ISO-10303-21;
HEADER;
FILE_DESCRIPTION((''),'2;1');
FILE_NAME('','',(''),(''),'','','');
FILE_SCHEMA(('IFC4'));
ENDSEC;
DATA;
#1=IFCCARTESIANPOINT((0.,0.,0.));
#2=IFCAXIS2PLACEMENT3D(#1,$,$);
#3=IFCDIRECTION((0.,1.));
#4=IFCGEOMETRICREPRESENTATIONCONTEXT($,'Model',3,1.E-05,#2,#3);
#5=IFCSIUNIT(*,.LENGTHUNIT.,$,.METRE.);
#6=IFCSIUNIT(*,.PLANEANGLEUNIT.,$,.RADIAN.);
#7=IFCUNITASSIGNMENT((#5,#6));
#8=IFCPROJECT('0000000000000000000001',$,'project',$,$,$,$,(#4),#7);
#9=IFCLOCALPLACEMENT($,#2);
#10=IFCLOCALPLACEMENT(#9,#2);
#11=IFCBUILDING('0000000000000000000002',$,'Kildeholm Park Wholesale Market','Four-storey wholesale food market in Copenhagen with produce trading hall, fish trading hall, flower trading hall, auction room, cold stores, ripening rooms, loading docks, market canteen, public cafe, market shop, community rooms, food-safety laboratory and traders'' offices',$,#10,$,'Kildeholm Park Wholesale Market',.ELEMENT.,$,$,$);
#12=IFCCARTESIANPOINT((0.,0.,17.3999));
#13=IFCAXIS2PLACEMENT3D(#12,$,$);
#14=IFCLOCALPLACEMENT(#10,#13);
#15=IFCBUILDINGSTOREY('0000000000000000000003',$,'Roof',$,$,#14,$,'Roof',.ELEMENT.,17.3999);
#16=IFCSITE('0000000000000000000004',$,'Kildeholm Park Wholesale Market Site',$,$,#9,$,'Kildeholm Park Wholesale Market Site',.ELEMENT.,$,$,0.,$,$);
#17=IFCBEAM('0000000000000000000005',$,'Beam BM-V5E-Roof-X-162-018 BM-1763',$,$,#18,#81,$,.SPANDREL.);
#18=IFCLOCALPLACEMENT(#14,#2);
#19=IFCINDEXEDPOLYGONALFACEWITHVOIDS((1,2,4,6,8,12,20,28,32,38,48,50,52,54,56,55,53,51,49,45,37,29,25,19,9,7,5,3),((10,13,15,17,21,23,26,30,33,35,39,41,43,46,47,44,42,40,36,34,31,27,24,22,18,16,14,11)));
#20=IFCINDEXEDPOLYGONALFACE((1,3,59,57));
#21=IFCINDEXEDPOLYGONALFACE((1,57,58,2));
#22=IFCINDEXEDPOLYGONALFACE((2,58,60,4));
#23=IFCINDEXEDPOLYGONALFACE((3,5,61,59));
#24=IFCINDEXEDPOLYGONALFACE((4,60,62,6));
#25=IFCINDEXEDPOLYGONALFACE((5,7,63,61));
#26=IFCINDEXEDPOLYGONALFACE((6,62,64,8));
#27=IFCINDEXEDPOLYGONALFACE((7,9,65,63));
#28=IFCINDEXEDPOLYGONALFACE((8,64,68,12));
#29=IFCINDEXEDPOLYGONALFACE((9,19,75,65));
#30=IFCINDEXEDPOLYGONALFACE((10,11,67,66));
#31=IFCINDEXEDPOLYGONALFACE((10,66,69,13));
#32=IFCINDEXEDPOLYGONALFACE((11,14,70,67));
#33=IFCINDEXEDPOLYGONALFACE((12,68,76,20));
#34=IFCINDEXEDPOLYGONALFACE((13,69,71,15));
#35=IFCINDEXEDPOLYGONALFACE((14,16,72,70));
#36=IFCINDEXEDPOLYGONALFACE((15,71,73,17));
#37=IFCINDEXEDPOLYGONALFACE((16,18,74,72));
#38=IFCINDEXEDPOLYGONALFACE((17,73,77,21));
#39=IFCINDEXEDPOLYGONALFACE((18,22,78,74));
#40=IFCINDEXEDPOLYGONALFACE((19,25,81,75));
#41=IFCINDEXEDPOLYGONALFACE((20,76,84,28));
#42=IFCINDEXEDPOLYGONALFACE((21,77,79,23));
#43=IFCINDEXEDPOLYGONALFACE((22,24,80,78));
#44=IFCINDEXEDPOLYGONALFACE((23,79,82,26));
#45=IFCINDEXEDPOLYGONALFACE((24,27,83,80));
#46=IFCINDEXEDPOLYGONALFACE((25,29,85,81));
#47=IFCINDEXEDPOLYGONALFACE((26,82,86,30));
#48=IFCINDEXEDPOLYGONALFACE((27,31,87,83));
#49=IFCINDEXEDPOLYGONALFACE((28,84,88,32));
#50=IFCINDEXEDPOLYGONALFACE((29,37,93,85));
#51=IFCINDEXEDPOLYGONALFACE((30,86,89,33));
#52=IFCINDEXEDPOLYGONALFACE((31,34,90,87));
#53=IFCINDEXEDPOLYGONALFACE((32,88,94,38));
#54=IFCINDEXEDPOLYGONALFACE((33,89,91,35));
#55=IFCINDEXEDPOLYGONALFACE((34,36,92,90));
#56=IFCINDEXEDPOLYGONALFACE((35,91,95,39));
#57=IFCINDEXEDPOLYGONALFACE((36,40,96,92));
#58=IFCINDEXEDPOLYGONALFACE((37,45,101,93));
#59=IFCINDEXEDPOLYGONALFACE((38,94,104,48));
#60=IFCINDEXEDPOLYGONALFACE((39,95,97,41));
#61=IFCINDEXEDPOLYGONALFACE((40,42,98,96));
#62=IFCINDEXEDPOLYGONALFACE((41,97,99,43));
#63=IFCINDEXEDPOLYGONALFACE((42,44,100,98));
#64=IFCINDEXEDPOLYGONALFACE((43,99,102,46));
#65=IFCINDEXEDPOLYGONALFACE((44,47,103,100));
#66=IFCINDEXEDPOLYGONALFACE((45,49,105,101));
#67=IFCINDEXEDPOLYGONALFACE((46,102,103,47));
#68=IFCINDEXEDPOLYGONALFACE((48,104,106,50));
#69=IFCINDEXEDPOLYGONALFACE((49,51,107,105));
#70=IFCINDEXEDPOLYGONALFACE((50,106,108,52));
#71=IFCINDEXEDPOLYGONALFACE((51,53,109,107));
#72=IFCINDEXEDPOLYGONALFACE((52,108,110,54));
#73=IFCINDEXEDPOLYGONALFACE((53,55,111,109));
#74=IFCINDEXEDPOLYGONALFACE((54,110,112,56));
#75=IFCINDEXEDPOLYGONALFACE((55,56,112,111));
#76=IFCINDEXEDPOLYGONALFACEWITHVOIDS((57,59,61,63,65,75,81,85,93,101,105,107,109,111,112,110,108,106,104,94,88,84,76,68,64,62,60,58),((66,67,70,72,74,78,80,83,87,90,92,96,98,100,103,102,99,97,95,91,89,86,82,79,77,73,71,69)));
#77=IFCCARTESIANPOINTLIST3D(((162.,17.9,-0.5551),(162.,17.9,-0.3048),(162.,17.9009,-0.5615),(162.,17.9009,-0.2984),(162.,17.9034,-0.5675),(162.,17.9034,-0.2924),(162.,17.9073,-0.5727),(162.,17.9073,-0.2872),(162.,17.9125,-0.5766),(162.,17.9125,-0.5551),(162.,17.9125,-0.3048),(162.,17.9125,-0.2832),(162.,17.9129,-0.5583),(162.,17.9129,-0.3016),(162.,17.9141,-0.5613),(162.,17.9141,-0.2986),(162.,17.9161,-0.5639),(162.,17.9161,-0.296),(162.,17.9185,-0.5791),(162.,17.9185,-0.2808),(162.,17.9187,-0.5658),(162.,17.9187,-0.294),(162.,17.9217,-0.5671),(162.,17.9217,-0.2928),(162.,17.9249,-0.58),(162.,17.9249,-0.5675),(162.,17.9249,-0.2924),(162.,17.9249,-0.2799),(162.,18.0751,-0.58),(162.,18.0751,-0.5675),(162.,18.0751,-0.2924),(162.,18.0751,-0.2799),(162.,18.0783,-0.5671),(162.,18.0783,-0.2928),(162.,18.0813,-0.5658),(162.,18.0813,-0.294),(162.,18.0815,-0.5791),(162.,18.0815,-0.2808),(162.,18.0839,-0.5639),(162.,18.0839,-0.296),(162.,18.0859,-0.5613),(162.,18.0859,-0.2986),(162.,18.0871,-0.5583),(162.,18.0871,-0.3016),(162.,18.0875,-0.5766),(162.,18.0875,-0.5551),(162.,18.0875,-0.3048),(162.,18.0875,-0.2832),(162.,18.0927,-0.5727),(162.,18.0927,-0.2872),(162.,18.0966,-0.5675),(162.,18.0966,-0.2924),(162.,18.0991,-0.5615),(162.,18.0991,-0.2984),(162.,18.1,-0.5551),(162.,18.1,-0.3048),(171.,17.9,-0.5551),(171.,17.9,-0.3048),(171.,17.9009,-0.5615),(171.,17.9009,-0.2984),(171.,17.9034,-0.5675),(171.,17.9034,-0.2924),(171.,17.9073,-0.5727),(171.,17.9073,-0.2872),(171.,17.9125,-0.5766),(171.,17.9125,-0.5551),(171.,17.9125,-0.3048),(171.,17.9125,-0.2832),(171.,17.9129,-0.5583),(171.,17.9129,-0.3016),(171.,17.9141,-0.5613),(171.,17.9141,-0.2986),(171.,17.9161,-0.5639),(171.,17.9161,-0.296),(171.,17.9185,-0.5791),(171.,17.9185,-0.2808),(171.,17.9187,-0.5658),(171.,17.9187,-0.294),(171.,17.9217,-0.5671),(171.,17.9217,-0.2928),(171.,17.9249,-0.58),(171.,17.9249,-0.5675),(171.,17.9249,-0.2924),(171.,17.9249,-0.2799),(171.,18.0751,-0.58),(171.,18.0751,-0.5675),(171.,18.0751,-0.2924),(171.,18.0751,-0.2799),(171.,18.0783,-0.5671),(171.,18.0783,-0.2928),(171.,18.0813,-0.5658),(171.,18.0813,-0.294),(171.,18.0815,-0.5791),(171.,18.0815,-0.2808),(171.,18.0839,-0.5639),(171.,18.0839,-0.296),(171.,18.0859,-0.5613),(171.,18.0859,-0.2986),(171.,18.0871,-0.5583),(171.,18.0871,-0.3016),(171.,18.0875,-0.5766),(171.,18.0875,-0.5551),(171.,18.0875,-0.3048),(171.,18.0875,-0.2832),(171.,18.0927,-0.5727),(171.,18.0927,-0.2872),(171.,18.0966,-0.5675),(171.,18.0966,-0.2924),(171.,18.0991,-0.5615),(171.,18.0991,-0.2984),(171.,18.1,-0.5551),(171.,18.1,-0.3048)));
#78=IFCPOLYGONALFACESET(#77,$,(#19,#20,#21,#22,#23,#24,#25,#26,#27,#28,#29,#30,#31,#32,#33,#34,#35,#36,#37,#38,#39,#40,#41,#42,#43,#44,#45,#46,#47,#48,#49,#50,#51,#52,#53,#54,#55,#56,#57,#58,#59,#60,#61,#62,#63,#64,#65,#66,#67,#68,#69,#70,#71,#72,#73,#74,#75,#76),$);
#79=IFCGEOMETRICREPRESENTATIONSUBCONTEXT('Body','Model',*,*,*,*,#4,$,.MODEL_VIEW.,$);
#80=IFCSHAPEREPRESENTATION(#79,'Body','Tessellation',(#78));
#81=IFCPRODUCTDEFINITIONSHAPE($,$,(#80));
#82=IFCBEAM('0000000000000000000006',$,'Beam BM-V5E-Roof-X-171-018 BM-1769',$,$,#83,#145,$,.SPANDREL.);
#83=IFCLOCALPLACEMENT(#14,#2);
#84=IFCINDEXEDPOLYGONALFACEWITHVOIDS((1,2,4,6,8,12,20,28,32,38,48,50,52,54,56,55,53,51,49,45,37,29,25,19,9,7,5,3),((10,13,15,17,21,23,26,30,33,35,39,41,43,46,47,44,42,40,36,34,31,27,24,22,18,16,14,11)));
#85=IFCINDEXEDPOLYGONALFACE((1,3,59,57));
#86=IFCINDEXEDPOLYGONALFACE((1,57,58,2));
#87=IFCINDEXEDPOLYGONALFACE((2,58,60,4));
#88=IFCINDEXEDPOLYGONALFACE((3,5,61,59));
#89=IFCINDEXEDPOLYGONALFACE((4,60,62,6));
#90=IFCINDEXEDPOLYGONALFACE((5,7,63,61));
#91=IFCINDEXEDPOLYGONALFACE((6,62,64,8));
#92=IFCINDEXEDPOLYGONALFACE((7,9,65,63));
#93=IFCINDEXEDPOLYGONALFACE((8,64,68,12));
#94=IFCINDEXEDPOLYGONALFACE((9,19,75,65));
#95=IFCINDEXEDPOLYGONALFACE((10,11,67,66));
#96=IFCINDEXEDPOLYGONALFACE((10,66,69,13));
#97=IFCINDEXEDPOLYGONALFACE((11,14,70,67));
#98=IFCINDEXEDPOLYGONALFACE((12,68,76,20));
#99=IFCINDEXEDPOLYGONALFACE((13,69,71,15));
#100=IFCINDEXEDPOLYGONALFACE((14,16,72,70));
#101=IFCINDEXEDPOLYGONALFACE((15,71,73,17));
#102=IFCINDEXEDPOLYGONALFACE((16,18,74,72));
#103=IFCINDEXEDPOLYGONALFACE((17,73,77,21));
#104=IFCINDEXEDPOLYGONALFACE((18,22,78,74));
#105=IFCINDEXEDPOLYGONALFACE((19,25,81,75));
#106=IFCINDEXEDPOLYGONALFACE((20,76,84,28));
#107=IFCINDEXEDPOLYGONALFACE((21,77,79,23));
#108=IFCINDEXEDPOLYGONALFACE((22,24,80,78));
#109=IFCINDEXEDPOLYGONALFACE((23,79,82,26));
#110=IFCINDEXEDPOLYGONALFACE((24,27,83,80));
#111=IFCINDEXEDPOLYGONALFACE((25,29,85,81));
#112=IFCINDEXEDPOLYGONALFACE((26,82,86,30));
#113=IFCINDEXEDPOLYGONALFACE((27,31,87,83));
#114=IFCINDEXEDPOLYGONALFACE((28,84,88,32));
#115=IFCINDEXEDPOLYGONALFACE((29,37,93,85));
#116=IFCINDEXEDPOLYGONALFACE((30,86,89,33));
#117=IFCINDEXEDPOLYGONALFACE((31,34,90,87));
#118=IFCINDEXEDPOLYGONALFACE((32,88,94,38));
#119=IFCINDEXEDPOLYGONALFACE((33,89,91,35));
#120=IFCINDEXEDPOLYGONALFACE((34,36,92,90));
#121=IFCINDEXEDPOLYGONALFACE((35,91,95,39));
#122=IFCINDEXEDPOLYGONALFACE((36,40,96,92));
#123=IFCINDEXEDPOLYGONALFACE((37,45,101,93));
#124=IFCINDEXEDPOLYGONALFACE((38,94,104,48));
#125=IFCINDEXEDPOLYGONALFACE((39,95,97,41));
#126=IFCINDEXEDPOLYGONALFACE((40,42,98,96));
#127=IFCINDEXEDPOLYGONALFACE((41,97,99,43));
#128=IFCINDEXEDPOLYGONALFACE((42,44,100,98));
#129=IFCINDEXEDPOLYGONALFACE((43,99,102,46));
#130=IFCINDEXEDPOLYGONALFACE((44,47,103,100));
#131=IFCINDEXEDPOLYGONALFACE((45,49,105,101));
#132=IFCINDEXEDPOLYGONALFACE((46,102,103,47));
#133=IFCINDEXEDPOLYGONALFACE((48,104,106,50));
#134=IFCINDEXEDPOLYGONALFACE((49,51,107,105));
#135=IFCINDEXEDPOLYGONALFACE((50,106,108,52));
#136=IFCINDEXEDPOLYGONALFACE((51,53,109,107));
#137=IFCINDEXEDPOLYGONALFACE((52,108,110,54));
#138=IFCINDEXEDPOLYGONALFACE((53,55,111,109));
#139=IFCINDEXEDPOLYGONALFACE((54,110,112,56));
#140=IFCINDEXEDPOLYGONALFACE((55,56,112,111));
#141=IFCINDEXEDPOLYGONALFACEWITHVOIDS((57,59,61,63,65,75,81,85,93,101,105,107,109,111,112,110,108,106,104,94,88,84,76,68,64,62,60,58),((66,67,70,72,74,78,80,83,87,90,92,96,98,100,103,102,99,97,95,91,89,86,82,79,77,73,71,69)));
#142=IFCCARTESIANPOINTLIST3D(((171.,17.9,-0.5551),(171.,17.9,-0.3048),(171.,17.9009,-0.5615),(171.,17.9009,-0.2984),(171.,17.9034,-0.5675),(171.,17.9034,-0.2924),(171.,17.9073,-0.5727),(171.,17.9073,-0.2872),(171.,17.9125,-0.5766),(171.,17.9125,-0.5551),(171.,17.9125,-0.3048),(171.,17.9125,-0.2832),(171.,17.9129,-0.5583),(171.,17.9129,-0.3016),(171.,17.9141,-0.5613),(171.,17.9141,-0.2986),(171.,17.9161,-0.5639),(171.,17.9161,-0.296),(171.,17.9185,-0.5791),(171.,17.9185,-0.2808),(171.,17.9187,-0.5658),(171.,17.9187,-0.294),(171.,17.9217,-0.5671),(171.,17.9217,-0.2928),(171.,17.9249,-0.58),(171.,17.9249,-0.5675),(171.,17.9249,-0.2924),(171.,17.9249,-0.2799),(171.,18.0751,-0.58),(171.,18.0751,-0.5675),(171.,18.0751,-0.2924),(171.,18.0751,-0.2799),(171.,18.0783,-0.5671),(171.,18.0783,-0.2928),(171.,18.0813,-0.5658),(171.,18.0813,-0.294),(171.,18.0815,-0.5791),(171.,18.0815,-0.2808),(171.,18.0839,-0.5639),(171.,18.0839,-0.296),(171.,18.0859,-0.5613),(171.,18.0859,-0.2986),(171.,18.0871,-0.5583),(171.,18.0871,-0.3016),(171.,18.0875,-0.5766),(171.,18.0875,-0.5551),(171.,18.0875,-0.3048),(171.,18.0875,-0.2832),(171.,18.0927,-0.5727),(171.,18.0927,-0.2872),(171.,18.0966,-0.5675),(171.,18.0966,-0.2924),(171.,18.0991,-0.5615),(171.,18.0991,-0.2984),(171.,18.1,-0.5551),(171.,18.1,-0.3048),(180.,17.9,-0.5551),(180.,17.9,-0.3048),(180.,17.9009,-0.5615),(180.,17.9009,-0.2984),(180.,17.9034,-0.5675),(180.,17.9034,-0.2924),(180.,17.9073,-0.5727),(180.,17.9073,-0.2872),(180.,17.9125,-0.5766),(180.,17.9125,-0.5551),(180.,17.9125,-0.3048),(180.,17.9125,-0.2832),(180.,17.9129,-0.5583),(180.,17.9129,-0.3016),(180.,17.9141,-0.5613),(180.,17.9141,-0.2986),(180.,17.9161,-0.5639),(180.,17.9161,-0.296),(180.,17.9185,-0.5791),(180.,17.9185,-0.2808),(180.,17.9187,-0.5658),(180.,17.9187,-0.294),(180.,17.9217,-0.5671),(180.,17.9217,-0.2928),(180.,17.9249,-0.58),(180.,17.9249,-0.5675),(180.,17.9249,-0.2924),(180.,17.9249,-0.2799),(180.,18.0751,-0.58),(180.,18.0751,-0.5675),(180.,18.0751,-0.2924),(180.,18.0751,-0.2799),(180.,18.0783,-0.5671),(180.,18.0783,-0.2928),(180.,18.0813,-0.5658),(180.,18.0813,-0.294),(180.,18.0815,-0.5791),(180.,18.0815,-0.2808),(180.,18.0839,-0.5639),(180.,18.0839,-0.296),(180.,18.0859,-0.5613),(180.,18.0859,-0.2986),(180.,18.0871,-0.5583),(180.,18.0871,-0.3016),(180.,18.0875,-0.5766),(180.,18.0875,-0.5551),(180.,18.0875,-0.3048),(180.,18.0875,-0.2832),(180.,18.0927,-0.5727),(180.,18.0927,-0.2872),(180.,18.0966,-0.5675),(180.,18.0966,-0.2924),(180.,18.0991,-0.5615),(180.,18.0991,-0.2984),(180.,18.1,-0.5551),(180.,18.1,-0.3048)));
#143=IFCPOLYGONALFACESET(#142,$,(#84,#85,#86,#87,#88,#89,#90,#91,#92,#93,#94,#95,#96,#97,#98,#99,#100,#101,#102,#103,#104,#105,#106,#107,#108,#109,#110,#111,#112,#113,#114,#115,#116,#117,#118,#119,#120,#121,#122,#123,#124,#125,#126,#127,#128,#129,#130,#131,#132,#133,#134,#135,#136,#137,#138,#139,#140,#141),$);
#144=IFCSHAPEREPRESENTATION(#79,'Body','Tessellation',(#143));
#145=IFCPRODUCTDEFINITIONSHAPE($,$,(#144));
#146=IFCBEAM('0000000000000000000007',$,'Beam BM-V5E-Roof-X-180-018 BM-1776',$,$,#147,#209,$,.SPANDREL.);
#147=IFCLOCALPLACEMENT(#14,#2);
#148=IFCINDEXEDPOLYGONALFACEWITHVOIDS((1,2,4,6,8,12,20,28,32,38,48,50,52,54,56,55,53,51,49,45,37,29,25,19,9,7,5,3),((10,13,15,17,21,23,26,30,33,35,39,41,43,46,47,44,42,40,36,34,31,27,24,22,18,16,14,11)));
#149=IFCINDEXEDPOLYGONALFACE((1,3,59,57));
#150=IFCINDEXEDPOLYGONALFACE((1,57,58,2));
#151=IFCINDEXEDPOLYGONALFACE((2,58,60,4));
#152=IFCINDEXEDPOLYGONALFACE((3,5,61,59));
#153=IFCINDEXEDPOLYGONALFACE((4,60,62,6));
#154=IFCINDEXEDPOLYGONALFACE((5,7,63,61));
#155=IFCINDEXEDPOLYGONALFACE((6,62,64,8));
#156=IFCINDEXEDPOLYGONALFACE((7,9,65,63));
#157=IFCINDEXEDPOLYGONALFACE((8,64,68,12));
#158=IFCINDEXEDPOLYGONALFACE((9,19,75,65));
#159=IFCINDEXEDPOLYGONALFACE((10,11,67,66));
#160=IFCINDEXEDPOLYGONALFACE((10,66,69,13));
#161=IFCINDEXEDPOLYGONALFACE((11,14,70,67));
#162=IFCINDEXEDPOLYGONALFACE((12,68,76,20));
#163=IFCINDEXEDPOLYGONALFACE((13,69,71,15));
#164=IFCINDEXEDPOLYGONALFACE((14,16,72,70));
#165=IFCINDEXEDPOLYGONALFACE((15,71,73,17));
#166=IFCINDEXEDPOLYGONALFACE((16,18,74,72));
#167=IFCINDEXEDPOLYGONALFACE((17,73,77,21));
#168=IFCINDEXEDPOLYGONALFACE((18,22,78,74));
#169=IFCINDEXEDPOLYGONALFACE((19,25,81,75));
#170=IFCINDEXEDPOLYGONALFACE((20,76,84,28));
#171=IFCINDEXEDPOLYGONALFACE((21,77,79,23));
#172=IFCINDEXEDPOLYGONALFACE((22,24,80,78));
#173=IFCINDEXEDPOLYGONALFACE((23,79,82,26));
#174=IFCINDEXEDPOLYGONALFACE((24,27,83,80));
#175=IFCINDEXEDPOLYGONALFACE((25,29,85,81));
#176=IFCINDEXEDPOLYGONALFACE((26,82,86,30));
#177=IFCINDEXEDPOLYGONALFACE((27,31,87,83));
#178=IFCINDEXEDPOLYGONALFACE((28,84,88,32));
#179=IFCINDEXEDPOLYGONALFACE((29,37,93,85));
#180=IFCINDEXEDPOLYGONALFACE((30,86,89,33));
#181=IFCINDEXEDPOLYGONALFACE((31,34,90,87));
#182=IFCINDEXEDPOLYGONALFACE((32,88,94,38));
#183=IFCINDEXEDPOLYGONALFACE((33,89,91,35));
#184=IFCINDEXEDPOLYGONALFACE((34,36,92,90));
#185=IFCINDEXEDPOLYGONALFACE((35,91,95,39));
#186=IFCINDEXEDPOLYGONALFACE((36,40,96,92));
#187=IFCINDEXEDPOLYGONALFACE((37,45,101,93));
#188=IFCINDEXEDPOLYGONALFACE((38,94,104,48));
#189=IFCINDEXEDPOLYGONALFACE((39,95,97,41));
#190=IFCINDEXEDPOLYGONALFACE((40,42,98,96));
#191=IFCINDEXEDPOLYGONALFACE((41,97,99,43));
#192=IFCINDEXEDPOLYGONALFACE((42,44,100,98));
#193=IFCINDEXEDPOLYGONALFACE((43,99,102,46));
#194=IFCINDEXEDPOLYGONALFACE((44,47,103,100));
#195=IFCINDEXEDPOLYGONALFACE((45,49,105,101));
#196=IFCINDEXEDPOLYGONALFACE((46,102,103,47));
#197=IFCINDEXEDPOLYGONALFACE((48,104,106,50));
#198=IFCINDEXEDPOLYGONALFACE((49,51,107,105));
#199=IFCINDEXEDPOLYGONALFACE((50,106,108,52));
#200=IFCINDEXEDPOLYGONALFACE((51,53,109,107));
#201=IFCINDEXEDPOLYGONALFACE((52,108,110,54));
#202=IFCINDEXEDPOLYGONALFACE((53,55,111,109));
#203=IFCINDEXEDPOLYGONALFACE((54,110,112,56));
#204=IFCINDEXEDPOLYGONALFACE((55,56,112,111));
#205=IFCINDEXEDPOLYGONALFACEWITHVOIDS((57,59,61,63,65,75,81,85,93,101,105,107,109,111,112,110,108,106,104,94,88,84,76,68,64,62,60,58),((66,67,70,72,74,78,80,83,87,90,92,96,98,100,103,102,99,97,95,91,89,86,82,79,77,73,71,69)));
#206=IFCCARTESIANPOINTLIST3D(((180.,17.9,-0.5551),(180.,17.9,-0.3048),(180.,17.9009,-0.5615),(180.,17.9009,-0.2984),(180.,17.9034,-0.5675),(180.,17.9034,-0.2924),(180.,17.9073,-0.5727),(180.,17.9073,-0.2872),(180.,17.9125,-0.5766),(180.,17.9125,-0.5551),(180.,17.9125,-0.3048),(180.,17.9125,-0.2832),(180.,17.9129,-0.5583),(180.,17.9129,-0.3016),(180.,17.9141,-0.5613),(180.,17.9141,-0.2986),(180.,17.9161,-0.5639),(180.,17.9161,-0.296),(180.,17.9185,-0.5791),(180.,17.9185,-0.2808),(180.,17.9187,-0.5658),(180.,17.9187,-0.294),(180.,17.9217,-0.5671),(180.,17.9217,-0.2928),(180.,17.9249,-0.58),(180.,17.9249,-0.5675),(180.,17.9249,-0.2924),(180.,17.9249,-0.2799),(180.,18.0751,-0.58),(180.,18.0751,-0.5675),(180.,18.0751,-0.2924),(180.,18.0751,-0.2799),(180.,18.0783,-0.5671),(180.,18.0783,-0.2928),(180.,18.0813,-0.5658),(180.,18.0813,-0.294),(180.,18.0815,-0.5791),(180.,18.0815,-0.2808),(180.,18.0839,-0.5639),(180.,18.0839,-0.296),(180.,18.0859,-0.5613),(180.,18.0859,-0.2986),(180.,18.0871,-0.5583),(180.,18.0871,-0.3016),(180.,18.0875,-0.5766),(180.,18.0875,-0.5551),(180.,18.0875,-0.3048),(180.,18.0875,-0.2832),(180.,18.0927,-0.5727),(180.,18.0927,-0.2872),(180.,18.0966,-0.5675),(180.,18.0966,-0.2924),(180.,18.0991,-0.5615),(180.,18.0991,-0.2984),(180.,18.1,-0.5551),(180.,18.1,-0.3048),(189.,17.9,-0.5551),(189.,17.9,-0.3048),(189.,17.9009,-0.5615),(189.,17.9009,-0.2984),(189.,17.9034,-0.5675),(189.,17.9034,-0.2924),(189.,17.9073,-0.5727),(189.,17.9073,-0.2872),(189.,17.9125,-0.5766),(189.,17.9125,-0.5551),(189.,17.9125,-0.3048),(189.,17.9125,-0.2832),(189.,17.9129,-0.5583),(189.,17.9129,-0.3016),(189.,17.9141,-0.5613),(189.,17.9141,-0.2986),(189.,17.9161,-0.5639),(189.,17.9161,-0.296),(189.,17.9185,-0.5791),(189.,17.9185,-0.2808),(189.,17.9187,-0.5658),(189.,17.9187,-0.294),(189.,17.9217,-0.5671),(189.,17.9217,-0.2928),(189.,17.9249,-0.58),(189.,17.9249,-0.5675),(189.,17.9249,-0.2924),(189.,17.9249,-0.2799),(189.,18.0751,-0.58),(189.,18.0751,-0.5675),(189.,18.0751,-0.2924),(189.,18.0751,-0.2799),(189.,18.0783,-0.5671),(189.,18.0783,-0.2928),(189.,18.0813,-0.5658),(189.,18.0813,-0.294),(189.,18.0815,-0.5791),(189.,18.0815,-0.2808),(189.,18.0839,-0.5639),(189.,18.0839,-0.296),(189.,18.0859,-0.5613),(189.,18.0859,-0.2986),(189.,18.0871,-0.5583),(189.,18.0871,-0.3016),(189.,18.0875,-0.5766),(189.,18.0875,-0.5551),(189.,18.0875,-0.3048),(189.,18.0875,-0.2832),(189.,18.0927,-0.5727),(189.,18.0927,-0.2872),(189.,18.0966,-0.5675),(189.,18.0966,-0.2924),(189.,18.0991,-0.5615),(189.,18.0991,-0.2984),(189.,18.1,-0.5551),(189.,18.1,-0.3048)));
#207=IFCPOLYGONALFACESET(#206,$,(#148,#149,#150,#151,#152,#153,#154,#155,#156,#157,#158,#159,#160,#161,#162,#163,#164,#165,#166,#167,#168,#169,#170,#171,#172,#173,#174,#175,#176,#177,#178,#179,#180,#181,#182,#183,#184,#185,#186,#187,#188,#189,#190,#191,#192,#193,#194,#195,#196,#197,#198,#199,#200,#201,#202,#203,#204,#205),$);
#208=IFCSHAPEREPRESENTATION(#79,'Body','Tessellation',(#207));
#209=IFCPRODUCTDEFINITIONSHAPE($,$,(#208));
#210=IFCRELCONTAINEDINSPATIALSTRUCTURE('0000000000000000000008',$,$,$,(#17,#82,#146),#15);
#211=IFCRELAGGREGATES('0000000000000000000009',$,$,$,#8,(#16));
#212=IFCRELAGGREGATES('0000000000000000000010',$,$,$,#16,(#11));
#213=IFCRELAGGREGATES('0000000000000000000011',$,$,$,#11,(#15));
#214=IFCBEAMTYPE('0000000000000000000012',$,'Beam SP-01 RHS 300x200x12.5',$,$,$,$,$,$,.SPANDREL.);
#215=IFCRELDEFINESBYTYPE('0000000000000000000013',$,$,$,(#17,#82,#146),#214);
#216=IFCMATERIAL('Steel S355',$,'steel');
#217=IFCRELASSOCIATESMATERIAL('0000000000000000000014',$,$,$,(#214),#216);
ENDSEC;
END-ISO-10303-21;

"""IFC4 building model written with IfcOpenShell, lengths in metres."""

from ifc_helpers import new_model, si_unit, direction, frame, origin, origin_2d, place, context, subcontext, project, spatial, hollow_rectangle, extrude, material, material_profile, profile_set, type_object, element, save


model = new_model("IFC4")

# Units and contexts
model_context = context("Model", 3, precision=1e-05, world=origin(), true_north=direction((0.0, 1.0)))
body_context = subcontext(model_context, "Body", "Model", "MODEL_VIEW")
ifc_project = project(units=[si_unit("LENGTHUNIT", "METRE"), si_unit("PLANEANGLEUNIT", "RADIAN")], contexts=[model_context])

# Site, building, storey
site_placement = place(None, origin())
site = spatial("IfcSite", under=ifc_project, at=site_placement, Name="Kildeholm Park Wholesale Market Site", LongName="Kildeholm Park Wholesale Market Site", CompositionType="ELEMENT", RefElevation=0.0)
building_placement = place(site_placement, origin())
building = spatial("IfcBuilding", under=site, at=building_placement, Name="Kildeholm Park Wholesale Market", Description="Four-storey wholesale food market in Copenhagen with produce trading hall, fish trading hall, flower trading hall, auction room, cold stores, ripening rooms, loading docks, market canteen, public cafe, market shop, community rooms, food-safety laboratory and traders' offices", LongName="Kildeholm Park Wholesale Market", CompositionType="ELEMENT")
storey_placement = place(building_placement, frame((0.0, 0.0, 17.3999)))
storey = spatial("IfcBuildingStorey", under=building, at=storey_placement, Name="Roof", LongName="Roof", CompositionType="ELEMENT", Elevation=17.3999)

# Beams
ifc_material_1 = material(Name="Steel S355", Category="steel")
ifc_material_profile_1 = material_profile(ifc_material_1, hollow_rectangle(XDim=0.2, YDim=0.3, WallThickness=0.0125, InnerFilletRadius=0.0125, OuterFilletRadius=0.0249, at=origin_2d()), Name="RHS 300x200x12.5")
ifc_profile_set_1 = profile_set([ifc_material_profile_1], Name="Steel S355")
beam_type_1 = type_object("IfcBeamType", Name="Beam SP-01 RHS 300x200x12.5", PredefinedType="SPANDREL", material=ifc_profile_set_1)
for number, where, z_axis, x_axis, name in (
    (1, (162.0, 18.0, -0.4299), (1.0, 0.0, 0.0), (0.0, 1.0, 0.0), "Beam BM-V5E-Roof-X-162-018 BM-1763"),
    (2, (171.0, 18.0, -0.4299), (1.0, 0.0, 0.0), (0.0, 1.0, 0.0), "Beam BM-V5E-Roof-X-171-018 BM-1769"),
    (3, (180.0, 18.0, -0.4299), (1.0, 0.0, 0.0), (0.0, 1.0, 0.0), "Beam BM-V5E-Roof-X-180-018 BM-1776"),
):
    element("IfcBeam", number, at=place(storey_placement, frame(where, z_axis=z_axis, x_axis=x_axis)), inside=storey, type_object=beam_type_1, Name=name, PredefinedType="SPANDREL", context=body_context, shape_type="SweptSolid", body=[
        extrude(hollow_rectangle(XDim=0.2, YDim=0.3, WallThickness=0.0125, InnerFilletRadius=0.0125, OuterFilletRadius=0.0249, at=origin_2d()), origin(), (0.0, 0.0, 1.0), 9.0),
    ])

save(model, "model.ifc")
